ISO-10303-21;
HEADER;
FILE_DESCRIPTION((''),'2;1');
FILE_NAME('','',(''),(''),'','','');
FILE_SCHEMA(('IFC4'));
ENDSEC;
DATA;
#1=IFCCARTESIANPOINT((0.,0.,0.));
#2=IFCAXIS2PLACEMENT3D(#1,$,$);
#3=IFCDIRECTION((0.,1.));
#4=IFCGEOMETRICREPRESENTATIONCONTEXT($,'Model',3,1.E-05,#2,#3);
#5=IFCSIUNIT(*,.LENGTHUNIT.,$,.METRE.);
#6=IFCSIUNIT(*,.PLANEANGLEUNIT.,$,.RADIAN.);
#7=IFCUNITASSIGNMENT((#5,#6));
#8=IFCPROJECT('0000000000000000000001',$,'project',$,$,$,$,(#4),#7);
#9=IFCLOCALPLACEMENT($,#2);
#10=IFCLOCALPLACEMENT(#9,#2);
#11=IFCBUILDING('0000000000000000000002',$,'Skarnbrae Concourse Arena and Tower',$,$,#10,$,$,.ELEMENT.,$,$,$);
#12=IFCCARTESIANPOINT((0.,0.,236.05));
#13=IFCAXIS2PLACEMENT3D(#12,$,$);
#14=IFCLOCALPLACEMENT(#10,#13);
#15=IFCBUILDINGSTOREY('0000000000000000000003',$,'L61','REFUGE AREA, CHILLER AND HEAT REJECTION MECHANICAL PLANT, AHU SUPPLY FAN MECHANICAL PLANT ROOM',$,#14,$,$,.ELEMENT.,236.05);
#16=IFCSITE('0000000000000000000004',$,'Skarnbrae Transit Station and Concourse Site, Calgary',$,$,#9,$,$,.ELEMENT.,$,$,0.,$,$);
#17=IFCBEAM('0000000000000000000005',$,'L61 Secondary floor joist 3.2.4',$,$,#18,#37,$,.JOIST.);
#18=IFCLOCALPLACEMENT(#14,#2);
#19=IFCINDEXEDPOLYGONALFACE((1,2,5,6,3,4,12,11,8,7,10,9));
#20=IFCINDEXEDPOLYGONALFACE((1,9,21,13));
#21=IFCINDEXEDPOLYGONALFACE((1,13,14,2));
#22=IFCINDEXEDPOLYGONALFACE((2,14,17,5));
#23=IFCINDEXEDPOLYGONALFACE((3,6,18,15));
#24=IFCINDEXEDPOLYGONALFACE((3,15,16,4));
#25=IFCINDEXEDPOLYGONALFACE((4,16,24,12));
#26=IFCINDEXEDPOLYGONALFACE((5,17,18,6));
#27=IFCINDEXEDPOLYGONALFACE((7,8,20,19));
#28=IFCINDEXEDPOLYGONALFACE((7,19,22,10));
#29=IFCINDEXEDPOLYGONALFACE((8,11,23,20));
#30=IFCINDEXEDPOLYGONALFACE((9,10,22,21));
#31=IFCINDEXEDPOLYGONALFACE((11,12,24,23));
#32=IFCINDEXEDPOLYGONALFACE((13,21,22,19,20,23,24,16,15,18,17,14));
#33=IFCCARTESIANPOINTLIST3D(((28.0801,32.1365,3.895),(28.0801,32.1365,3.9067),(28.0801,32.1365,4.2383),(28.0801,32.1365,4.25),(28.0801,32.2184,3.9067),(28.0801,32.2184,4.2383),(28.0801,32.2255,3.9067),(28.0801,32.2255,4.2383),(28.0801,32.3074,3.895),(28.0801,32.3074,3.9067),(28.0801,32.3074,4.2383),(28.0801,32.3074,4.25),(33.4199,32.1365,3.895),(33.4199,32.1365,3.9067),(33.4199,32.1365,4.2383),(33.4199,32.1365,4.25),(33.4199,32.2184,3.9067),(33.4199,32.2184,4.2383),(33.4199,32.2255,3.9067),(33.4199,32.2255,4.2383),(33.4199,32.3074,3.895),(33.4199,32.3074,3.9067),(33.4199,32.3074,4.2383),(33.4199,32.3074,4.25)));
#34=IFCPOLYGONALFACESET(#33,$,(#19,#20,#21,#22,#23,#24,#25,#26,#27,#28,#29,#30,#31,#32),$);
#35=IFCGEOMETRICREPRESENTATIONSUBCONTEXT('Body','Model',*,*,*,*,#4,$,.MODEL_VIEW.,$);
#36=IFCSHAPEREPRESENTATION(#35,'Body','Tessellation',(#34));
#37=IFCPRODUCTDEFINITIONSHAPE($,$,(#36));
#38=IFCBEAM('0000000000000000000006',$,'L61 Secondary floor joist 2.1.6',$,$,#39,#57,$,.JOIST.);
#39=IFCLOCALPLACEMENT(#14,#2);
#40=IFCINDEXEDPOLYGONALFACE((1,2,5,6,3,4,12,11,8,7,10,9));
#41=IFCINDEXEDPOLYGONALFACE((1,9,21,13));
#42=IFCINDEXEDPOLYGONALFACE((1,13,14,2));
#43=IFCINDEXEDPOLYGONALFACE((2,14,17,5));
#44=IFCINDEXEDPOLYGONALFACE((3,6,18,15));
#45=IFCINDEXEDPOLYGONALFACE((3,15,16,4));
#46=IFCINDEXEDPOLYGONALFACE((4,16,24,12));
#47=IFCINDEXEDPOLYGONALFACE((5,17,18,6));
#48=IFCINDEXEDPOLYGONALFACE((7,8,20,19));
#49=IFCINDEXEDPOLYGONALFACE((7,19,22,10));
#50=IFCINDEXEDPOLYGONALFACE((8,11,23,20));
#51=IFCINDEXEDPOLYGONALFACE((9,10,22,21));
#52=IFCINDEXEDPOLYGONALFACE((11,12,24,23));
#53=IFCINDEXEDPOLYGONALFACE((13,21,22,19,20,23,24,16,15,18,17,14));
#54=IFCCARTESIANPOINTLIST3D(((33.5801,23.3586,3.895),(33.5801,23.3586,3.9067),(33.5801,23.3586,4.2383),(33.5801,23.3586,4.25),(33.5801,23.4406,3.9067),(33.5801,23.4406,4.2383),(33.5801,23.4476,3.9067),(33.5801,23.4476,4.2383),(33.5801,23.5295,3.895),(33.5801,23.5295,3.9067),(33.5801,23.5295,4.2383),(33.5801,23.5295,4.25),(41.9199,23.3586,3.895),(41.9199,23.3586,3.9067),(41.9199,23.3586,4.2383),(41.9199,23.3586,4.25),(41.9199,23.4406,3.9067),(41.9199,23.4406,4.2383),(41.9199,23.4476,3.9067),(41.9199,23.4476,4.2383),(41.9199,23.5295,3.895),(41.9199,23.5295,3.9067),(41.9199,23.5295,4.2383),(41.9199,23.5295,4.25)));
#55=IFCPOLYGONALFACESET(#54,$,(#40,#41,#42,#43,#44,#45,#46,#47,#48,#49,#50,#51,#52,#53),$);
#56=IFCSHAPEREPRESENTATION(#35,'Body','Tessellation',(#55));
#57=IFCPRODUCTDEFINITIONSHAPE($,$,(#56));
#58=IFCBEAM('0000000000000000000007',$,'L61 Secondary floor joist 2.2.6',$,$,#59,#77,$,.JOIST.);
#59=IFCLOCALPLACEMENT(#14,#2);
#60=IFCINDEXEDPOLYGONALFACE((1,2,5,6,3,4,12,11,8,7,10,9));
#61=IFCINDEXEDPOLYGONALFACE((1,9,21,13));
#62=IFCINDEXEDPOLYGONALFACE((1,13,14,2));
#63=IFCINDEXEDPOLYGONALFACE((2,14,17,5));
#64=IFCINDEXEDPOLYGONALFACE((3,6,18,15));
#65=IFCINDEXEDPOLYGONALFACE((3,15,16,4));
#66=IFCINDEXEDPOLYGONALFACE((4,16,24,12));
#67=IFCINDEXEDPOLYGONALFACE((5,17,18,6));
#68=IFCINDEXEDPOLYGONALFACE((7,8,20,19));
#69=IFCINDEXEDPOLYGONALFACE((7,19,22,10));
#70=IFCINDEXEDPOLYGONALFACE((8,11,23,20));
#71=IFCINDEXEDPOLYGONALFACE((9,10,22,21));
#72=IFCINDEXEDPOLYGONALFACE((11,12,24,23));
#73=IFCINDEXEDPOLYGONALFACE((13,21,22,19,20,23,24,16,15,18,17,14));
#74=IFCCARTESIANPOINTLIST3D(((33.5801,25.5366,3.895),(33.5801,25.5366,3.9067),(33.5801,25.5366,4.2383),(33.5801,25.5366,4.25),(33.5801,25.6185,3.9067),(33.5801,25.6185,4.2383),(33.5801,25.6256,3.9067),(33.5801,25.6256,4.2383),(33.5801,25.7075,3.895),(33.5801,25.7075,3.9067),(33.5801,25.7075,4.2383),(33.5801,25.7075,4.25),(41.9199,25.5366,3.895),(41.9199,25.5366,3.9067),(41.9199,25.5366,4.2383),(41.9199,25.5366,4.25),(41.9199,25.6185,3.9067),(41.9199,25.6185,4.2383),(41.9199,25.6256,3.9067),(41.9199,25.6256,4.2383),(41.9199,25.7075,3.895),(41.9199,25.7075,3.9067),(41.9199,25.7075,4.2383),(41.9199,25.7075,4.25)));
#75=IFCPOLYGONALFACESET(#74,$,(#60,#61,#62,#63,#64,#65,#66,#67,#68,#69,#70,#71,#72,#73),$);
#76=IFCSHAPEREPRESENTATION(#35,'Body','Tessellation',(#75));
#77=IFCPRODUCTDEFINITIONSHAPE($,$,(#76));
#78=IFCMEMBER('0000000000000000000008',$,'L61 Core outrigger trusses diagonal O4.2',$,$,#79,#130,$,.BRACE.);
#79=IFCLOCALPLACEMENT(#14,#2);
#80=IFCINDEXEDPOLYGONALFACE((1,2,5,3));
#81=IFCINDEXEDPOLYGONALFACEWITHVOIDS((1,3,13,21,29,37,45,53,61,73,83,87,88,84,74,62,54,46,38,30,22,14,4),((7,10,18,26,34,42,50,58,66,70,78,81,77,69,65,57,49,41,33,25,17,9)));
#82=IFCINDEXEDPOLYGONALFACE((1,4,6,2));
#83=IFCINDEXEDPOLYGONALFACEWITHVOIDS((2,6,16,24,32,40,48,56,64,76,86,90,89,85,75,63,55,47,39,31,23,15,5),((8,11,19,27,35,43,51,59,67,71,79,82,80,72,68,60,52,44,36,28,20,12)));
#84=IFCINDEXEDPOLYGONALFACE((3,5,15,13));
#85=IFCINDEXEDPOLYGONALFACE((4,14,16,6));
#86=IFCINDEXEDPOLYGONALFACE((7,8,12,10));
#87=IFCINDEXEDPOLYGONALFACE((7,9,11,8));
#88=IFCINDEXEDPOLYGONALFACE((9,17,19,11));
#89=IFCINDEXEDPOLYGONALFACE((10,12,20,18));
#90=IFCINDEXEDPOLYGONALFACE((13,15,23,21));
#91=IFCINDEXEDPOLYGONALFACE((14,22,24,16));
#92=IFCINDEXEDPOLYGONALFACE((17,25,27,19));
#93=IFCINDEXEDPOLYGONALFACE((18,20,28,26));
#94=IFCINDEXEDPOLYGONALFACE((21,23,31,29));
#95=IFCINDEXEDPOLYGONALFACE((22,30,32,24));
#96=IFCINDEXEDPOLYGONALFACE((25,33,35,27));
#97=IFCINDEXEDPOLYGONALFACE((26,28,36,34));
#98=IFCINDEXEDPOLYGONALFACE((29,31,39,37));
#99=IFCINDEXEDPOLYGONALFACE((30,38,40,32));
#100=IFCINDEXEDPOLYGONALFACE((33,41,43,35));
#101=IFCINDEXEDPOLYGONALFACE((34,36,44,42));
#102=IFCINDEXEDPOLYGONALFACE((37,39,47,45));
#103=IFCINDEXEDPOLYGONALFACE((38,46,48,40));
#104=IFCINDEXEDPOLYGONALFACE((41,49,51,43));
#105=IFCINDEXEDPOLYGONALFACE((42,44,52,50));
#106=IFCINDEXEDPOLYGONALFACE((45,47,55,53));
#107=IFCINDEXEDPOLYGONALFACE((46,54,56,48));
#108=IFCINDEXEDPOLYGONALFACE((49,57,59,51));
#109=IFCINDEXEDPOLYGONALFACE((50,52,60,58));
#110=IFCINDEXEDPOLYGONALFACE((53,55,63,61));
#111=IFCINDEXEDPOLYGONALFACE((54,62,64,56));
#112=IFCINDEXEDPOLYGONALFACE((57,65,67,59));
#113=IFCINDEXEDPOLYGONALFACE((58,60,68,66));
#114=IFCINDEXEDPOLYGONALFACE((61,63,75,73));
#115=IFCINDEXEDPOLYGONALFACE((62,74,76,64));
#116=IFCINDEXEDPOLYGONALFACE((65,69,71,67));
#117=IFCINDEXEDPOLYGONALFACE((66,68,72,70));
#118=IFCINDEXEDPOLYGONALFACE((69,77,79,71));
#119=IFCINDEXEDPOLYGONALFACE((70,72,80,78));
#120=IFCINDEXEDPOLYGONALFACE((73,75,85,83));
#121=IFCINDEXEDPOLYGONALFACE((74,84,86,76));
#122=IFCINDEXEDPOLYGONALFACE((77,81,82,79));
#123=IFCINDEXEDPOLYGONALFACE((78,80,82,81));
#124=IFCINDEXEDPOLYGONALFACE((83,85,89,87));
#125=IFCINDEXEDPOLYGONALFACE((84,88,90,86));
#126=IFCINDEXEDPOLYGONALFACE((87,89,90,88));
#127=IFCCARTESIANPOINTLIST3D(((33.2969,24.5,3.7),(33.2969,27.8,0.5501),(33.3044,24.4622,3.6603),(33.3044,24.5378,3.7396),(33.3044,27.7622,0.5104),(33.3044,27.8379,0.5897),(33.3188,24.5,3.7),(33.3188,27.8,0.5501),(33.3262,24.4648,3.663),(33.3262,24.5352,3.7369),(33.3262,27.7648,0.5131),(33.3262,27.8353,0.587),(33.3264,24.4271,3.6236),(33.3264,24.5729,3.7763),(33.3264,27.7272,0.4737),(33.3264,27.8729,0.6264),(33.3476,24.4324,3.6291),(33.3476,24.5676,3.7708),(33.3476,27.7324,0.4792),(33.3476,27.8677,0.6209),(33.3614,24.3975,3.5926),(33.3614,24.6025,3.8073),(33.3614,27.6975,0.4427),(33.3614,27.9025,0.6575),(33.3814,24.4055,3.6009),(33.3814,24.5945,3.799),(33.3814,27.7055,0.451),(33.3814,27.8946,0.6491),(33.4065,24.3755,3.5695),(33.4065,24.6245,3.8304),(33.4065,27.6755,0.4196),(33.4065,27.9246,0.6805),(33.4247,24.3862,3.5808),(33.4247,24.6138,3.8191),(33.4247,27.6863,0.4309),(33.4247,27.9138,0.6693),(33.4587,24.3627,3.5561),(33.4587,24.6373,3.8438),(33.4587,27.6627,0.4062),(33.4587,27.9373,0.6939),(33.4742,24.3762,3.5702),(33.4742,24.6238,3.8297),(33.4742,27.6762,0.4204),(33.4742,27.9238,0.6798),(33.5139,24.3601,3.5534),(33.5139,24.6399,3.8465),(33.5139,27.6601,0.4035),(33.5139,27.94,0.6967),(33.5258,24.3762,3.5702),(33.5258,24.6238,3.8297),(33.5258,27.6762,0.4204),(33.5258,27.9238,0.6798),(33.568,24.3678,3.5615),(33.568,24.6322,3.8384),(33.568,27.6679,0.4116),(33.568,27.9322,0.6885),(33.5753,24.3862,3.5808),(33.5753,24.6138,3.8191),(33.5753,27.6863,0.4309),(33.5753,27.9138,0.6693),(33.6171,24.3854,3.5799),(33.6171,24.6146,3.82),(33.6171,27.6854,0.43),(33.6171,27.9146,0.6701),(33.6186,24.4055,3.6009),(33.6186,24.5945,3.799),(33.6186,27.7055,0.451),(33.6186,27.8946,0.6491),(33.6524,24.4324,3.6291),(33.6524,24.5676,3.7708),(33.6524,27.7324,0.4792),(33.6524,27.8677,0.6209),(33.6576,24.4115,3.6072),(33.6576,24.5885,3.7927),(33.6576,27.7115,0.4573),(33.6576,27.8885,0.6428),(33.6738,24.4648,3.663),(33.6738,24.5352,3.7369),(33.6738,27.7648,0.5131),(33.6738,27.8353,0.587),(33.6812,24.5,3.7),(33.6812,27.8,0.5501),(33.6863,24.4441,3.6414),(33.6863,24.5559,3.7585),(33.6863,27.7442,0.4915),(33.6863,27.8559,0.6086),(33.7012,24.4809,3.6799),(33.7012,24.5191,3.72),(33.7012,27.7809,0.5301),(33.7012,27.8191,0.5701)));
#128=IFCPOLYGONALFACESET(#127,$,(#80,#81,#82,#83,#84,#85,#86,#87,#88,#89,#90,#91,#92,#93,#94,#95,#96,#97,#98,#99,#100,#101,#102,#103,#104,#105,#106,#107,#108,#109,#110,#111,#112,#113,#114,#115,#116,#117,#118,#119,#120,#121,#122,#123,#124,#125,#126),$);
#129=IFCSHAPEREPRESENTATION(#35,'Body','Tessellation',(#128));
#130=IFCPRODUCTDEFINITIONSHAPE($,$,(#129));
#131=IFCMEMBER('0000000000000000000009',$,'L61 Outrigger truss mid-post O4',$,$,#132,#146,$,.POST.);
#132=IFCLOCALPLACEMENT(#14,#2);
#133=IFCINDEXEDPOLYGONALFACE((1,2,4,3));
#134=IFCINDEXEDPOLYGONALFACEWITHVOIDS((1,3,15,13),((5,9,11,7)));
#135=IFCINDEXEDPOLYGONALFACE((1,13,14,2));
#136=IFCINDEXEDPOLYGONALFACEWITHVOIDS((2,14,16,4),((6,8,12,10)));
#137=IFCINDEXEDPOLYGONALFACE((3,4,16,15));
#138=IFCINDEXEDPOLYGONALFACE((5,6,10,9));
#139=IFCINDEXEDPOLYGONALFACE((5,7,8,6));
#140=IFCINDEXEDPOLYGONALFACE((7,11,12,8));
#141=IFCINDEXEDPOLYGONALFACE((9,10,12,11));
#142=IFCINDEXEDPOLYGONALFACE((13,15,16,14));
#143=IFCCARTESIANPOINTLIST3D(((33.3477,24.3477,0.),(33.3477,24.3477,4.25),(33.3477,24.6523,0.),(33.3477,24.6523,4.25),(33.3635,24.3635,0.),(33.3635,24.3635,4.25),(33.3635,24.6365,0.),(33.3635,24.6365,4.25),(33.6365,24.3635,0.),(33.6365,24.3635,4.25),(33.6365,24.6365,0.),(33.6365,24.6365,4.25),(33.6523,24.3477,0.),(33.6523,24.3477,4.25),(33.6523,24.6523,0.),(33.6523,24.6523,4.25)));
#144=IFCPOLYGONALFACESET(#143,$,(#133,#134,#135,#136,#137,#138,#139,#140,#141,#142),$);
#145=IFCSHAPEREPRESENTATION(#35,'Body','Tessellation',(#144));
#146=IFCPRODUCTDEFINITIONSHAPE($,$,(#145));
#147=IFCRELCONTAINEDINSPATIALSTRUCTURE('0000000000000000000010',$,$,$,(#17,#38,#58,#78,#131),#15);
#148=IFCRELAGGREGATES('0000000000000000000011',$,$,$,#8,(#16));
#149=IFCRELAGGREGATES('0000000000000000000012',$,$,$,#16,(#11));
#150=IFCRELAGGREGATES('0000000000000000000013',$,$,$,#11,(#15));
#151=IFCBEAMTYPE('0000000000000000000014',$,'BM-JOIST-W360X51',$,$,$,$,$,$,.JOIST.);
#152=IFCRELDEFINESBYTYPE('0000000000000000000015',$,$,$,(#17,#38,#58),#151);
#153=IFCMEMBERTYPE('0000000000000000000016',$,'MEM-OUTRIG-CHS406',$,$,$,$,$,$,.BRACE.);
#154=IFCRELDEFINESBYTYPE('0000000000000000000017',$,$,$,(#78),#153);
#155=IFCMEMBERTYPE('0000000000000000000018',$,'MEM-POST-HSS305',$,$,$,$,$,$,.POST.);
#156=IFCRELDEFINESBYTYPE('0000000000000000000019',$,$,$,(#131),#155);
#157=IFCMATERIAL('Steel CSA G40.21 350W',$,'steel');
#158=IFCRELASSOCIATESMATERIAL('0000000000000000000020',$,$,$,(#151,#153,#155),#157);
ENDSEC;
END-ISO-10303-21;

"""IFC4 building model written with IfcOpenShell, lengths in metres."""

from ifc_helpers import new_model, si_unit, direction, frame, origin, origin_2d, place, context, subcontext, project, spatial, hollow_rectangle, hollow_circle, i_section, extrude, source, transform, mapped, material, material_profile, profile_set, type_object, element, save


model = new_model("IFC4")

# Units and contexts
model_context = context("Model", 3, precision=1e-05, world=origin(), true_north=direction((0.0, 1.0)))
body_context = subcontext(model_context, "Body", "Model", "MODEL_VIEW")
ifc_project = project(units=[si_unit("LENGTHUNIT", "METRE"), si_unit("PLANEANGLEUNIT", "RADIAN")], contexts=[model_context])

# Site, building, storey
site_placement = place(None, origin())
site = spatial("IfcSite", under=ifc_project, at=site_placement, Name="Skarnbrae Transit Station and Concourse Site, Calgary", CompositionType="ELEMENT", RefElevation=0.0)
building_placement = place(site_placement, origin())
building = spatial("IfcBuilding", under=site, at=building_placement, Name="Skarnbrae Concourse Arena and Tower", CompositionType="ELEMENT")
storey_placement = place(building_placement, frame((0.0, 0.0, 236.05)))
storey = spatial("IfcBuildingStorey", under=building, at=storey_placement, Name="L61", Description="REFUGE AREA, CHILLER AND HEAT REJECTION MECHANICAL PLANT, AHU SUPPLY FAN MECHANICAL PLANT ROOM", CompositionType="ELEMENT", Elevation=236.05)

# Shared definitions
ifc_material_1 = material(Name="Steel CSA G40.21 350W", Category="steel")

# Beams
ifc_material_profile_1 = material_profile(ifc_material_1, i_section(OverallWidth=0.1709, OverallDepth=0.355, WebThickness=0.0071, FlangeThickness=0.0117, at=origin_2d()), Name="W360X51")
ifc_profile_set_1 = profile_set([ifc_material_profile_1], Name="Steel CSA G40.21 350W")
beam_type_1 = type_object("IfcBeamType", Name="BM-JOIST-W360X51", PredefinedType="JOIST", material=ifc_profile_set_1)
shared_shape_1 = source(origin(), body_context, "Body", "SweptSolid", [
    extrude(i_section(OverallWidth=0.1709, OverallDepth=0.355, WebThickness=0.0071, FlangeThickness=0.0117, at=origin_2d()), origin(), (0.0, 0.0, 1.0), 5.3398),
])
for number, where, z_axis, x_axis, name in (
    (1, (28.0801, 32.2219, 4.0725), (1.0, 0.0, 0.0), (0.0, 1.0, 0.0), "L61 Secondary floor joist 3.2.4"),
):
    element("IfcBeam", number, at=place(storey_placement, frame(where, z_axis=z_axis, x_axis=x_axis)), inside=storey, type_object=beam_type_1, Name=name, PredefinedType="JOIST", context=body_context, shape_type="MappedRepresentation", body=[
        mapped(shared_shape_1, transform((0.0, 0.0, 0.0))),
    ])
shared_shape_2 = source(origin(), body_context, "Body", "SweptSolid", [
    extrude(i_section(OverallWidth=0.1709, OverallDepth=0.355, WebThickness=0.0071, FlangeThickness=0.0117, at=origin_2d()), origin(), (0.0, 0.0, 1.0), 8.3398),
])
for number, where, z_axis, x_axis, name in (
    (2, (33.5801, 23.4441, 4.0725), (1.0, 0.0, 0.0), (0.0, 1.0, 0.0), "L61 Secondary floor joist 2.1.6"),
    (3, (33.5801, 25.6221, 4.0725), (1.0, 0.0, 0.0), (0.0, 1.0, 0.0), "L61 Secondary floor joist 2.2.6"),
):
    element("IfcBeam", number, at=place(storey_placement, frame(where, z_axis=z_axis, x_axis=x_axis)), inside=storey, type_object=beam_type_1, Name=name, PredefinedType="JOIST", context=body_context, shape_type="MappedRepresentation", body=[
        mapped(shared_shape_2, transform((0.0, 0.0, 0.0))),
    ])

# Members
ifc_material_profile_2 = material_profile(ifc_material_1, hollow_circle(Radius=0.2031, WallThickness=0.022, at=origin_2d()), Name="HSS406X22.0")
ifc_profile_set_2 = profile_set([ifc_material_profile_2], Name="Steel CSA G40.21 350W")
member_type_1 = type_object("IfcMemberType", Name="MEM-OUTRIG-CHS406", PredefinedType="BRACE", material=ifc_profile_set_2)
shared_shape_3 = source(origin(), body_context, "Body", "SweptSolid", [
    extrude(hollow_circle(Radius=0.2031, WallThickness=0.022, at=origin_2d()), origin(), (0.0, 0.0, 1.0), 4.562),
])
member_1_placement = place(storey_placement, frame((33.5, 24.5, 3.7), z_axis=(0.0, 0.723371, -0.690459), x_axis=(-1.0, 0.0, 0.0)))
element("IfcMember", 4, at=member_1_placement, inside=storey, type_object=member_type_1, Name="L61 Core outrigger trusses diagonal O4.2", PredefinedType="BRACE", context=body_context, shape_type="MappedRepresentation", body=[
    mapped(shared_shape_3, transform((0.0, 0.0, 0.0))),
])
ifc_material_profile_3 = material_profile(ifc_material_1, hollow_rectangle(XDim=0.3047, YDim=0.3047, WallThickness=0.0159, at=origin_2d()), Name="HSS305X305X15.9")
ifc_profile_set_3 = profile_set([ifc_material_profile_3], Name="Steel CSA G40.21 350W")
member_type_2 = type_object("IfcMemberType", Name="MEM-POST-HSS305", PredefinedType="POST", material=ifc_profile_set_3)
shared_shape_4 = source(origin(), body_context, "Body", "SweptSolid", [
    extrude(hollow_rectangle(XDim=0.3047, YDim=0.3047, WallThickness=0.0159, at=origin_2d()), origin(), (0.0, 0.0, 1.0), 4.25),
])
member_2_placement = place(storey_placement, frame((33.5, 24.5, 0.0), z_axis=(0.0, 0.0, 1.0), x_axis=(1.0, 0.0, 0.0)))
element("IfcMember", 5, at=member_2_placement, inside=storey, type_object=member_type_2, Name="L61 Outrigger truss mid-post O4", PredefinedType="POST", context=body_context, shape_type="MappedRepresentation", body=[
    mapped(shared_shape_4, transform((0.0, 0.0, 0.0))),
])

save(model, "model.ifc")
